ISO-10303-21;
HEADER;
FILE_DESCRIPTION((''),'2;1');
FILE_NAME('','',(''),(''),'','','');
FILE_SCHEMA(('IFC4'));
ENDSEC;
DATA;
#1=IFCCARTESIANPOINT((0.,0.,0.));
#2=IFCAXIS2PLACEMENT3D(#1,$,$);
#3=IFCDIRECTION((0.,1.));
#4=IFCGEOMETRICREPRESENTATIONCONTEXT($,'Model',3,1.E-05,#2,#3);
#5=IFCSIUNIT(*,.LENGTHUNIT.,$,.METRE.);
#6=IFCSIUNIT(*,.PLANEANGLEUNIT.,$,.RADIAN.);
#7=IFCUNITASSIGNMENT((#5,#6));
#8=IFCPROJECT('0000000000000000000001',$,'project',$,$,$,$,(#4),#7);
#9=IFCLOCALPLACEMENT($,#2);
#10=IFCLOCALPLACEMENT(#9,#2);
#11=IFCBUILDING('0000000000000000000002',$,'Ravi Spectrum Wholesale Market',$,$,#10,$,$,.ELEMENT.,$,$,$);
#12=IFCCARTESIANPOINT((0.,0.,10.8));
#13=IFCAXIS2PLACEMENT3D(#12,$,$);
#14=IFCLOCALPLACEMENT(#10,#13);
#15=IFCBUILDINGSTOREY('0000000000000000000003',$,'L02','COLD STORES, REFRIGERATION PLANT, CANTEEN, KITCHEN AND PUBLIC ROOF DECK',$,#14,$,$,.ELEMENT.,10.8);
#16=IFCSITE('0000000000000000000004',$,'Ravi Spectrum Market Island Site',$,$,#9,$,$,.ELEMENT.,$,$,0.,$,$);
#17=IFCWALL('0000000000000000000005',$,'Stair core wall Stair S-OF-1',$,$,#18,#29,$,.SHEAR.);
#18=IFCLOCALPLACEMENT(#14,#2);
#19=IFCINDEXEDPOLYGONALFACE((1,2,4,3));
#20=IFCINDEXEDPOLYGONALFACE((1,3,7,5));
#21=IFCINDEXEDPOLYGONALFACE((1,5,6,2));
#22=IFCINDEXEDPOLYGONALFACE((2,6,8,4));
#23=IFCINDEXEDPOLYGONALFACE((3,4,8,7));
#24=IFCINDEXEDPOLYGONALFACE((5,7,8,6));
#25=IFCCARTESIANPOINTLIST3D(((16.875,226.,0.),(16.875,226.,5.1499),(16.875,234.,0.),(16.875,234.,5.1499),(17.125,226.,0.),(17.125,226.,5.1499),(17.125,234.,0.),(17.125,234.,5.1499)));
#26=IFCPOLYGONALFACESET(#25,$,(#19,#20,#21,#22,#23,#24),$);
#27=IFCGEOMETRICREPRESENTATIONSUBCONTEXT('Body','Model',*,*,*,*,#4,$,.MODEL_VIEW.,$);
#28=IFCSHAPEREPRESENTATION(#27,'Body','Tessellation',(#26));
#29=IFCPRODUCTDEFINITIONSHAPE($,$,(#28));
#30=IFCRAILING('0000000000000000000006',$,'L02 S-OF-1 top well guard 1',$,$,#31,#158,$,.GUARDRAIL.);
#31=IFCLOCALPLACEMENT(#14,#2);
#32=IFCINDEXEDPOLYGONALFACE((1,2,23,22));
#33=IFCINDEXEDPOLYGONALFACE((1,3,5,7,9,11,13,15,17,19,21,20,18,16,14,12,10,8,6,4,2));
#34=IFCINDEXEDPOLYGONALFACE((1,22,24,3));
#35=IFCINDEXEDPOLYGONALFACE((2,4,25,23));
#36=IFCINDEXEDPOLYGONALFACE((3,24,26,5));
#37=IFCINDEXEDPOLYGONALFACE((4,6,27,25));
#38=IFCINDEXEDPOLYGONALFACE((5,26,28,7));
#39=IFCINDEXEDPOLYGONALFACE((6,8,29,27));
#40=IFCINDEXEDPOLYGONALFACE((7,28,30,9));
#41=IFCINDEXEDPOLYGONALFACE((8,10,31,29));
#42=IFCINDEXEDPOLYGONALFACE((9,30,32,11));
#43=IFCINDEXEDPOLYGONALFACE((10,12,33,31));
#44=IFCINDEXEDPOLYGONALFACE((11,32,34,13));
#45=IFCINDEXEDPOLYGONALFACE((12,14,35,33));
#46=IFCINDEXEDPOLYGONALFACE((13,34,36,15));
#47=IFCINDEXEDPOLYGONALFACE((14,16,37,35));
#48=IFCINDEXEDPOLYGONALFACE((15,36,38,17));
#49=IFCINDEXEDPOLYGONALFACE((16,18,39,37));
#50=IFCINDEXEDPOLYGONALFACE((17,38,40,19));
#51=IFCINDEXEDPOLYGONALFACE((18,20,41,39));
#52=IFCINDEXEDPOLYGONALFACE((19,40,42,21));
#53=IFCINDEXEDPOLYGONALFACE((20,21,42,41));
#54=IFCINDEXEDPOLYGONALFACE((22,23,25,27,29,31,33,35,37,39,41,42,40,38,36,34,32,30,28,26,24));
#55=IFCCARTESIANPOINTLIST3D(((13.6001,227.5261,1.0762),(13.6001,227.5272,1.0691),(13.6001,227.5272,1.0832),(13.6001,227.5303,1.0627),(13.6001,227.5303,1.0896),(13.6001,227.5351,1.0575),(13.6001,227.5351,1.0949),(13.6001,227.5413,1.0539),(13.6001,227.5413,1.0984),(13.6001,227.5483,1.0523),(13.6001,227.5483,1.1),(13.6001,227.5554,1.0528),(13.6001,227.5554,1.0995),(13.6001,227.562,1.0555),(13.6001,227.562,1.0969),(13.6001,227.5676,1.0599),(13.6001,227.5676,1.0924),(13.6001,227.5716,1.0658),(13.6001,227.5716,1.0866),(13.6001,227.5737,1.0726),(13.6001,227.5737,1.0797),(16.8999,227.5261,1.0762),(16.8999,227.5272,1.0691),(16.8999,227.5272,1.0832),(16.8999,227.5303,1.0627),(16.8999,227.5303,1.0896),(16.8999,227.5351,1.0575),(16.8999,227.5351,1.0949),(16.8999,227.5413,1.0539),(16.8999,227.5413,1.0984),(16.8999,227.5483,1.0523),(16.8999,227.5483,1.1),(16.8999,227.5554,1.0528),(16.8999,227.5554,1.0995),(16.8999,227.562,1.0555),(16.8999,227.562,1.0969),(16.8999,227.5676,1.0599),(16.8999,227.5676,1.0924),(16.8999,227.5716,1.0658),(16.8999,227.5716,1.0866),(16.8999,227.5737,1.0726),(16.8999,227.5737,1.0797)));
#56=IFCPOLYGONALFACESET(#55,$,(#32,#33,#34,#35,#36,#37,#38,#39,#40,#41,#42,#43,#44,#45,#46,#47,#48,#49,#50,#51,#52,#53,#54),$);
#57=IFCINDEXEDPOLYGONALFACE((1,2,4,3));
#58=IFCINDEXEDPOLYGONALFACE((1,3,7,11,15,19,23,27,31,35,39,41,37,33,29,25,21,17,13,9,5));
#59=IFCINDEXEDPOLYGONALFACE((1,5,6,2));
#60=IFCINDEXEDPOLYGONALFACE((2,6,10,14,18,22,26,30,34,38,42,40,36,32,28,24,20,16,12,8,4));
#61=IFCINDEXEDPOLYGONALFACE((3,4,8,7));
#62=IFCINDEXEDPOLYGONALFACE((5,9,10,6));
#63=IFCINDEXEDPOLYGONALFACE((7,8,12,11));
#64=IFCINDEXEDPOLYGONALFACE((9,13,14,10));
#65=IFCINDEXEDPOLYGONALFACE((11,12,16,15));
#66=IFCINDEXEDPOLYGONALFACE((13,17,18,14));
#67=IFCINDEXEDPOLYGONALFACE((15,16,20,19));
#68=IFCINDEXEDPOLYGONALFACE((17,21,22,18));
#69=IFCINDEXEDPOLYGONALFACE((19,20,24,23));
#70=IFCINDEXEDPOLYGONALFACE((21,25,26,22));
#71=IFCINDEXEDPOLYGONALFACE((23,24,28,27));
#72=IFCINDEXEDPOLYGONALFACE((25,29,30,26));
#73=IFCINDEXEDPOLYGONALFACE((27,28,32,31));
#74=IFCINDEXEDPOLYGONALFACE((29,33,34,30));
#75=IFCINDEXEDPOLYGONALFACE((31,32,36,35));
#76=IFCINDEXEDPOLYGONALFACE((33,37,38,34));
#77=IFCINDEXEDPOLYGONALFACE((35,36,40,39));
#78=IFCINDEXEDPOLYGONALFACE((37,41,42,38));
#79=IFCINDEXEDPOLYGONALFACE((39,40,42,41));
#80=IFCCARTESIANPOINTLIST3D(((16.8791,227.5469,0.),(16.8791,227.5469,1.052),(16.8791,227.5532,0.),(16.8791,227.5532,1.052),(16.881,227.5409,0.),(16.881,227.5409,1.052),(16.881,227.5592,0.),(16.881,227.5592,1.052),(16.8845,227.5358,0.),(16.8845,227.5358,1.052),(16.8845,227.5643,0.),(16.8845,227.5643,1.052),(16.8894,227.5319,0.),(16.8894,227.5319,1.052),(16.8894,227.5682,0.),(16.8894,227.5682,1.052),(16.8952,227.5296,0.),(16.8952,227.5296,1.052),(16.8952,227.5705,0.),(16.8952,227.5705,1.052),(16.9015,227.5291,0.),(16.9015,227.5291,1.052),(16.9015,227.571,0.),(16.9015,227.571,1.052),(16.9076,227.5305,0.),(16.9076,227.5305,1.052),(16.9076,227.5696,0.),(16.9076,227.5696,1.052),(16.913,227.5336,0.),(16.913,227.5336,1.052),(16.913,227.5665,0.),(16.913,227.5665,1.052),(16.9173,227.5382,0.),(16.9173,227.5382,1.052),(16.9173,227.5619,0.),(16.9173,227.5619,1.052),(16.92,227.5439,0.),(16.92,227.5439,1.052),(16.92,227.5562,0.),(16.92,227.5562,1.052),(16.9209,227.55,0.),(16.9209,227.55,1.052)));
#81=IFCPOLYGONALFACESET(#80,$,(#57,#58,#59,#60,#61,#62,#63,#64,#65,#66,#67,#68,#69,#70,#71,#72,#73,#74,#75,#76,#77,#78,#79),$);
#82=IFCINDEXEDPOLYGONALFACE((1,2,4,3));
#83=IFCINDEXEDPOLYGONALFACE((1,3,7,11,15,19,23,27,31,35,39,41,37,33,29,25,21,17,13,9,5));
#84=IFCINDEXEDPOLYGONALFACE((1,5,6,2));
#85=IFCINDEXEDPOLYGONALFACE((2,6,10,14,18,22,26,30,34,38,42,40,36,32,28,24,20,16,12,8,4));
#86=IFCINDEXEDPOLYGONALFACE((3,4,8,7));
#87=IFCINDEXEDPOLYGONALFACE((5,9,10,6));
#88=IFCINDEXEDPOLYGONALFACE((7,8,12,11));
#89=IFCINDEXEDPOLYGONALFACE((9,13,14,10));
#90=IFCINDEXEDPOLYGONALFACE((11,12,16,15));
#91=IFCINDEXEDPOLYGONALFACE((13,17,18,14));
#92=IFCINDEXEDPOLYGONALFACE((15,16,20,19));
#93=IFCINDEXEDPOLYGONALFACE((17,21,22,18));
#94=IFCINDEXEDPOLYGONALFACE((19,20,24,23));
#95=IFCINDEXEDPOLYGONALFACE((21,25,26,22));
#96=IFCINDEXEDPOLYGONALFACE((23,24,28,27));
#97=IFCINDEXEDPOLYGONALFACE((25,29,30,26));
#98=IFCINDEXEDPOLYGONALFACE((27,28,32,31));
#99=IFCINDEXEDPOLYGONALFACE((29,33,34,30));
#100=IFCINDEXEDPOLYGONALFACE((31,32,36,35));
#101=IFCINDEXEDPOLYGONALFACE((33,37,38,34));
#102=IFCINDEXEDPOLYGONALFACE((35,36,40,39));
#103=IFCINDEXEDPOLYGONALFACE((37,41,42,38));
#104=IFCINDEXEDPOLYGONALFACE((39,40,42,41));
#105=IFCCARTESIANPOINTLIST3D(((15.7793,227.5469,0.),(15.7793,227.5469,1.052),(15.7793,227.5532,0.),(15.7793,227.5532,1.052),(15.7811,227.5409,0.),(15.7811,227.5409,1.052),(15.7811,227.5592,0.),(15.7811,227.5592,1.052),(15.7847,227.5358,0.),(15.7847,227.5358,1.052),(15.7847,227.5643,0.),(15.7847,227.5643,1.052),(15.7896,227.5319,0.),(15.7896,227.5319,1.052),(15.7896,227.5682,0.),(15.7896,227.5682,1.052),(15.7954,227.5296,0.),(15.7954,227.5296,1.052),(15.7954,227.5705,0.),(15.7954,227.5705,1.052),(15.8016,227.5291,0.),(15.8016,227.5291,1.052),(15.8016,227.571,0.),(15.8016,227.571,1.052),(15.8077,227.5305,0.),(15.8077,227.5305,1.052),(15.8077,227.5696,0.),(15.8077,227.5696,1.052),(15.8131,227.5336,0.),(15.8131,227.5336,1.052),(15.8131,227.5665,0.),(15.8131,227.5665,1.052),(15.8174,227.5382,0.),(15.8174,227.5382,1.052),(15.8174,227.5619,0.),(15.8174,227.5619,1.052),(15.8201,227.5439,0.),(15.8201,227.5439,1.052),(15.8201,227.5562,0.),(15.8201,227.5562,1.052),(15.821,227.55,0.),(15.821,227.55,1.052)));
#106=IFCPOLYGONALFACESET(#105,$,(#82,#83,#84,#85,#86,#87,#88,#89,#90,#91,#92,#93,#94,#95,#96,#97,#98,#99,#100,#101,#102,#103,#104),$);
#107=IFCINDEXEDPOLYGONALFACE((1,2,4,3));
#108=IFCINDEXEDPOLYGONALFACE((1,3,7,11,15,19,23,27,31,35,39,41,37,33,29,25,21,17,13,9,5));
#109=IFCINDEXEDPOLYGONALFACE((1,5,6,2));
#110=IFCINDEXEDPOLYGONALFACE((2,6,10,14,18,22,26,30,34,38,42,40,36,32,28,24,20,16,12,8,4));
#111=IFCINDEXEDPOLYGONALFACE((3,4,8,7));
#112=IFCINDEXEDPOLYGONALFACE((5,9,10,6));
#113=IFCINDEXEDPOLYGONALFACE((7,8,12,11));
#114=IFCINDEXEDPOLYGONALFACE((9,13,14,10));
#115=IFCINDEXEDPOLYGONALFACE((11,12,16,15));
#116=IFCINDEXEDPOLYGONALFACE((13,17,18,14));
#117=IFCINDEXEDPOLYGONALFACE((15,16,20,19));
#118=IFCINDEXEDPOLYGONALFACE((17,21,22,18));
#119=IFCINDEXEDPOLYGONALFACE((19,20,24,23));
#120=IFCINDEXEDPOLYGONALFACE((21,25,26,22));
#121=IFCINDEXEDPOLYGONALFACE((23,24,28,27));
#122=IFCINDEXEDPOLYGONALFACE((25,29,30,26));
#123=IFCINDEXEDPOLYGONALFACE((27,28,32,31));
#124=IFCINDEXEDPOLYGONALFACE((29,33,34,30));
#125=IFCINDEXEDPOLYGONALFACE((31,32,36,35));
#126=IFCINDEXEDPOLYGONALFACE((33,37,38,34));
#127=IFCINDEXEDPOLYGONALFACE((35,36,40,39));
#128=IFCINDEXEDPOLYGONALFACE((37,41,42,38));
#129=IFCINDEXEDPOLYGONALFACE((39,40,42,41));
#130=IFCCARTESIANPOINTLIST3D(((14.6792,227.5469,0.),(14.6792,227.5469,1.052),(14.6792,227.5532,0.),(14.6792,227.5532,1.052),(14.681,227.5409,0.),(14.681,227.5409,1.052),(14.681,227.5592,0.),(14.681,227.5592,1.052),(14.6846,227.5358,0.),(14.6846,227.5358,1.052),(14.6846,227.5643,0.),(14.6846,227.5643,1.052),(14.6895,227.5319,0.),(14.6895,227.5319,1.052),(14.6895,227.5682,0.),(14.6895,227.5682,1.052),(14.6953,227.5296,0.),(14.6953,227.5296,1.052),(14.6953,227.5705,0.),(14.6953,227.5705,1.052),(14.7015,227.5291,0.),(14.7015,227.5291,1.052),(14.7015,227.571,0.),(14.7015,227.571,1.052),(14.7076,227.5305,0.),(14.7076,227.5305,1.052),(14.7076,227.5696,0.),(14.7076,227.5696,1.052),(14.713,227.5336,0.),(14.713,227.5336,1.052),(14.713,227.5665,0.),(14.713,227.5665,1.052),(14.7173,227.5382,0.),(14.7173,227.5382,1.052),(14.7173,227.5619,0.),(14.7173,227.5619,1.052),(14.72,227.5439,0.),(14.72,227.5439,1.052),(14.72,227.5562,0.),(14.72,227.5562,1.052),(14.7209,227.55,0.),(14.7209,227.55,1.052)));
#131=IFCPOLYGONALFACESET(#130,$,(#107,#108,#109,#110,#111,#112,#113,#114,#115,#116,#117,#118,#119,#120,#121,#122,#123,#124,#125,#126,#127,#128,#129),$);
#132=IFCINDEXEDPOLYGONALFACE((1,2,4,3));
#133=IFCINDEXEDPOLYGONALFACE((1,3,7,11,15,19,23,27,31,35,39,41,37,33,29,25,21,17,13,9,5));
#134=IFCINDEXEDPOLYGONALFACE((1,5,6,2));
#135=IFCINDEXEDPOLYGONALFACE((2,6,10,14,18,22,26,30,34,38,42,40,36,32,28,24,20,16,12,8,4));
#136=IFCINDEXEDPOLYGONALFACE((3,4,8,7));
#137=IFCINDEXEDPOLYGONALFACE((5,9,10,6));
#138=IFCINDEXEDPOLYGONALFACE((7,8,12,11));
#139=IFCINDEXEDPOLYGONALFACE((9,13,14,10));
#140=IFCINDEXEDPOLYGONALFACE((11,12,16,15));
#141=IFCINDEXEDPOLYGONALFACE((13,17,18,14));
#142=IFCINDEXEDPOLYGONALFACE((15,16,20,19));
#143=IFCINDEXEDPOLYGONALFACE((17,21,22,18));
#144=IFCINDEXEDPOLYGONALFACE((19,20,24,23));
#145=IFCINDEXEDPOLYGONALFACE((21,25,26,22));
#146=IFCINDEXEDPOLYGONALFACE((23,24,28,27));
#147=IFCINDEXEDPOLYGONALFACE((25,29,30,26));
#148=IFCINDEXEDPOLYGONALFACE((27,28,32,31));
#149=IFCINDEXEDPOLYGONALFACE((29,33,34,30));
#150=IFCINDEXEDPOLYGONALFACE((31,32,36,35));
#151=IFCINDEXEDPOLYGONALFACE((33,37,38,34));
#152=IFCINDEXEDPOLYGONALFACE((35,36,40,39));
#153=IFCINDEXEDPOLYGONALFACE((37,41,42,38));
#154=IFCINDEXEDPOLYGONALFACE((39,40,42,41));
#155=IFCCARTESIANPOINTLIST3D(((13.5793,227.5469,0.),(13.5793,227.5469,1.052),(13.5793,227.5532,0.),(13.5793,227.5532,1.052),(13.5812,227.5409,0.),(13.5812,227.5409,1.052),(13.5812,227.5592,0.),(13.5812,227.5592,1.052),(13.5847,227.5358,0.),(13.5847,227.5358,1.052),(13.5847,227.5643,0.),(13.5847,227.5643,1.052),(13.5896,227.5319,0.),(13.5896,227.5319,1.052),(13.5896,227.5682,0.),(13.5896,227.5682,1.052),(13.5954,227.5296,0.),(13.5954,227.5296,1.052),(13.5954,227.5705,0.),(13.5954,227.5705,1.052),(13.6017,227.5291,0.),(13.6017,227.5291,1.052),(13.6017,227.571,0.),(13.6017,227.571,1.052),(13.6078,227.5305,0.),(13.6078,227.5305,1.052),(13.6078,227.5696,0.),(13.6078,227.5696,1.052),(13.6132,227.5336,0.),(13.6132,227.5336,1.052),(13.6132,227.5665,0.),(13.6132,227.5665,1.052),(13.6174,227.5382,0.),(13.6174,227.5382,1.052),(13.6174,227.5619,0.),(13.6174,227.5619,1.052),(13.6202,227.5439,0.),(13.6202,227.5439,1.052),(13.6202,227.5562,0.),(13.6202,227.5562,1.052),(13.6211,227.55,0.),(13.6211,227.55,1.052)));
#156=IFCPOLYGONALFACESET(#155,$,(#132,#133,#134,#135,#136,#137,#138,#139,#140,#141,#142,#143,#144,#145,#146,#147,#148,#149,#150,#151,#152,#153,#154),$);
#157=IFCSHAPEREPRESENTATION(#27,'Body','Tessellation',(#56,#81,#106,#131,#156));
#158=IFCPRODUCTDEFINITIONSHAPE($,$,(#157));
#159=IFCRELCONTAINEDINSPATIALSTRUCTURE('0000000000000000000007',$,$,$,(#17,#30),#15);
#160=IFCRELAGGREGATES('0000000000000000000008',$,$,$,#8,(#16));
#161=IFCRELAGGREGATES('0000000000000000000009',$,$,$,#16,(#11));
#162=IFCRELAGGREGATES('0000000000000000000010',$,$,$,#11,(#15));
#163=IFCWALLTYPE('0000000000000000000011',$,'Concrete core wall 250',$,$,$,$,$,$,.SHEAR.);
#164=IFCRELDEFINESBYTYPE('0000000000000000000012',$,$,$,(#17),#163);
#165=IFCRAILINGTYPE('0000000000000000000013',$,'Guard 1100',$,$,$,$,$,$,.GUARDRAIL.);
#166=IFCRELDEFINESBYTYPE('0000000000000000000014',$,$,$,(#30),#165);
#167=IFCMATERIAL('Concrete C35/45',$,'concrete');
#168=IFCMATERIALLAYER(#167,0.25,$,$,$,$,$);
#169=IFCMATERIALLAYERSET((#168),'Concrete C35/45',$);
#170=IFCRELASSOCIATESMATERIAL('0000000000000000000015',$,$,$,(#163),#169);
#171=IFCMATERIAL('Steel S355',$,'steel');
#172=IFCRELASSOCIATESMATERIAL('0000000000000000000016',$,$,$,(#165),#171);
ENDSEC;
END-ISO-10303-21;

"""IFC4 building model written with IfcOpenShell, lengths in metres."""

from ifc_helpers import new_model, si_unit, direction, frame, frame_2d, origin, origin_2d, place, context, subcontext, project, spatial, rectangle, circle, extrude, material, layer, layer_set, type_object, element, save


model = new_model("IFC4")

# Units and contexts
model_context = context("Model", 3, precision=1e-05, world=origin(), true_north=direction((0.0, 1.0)))
body_context = subcontext(model_context, "Body", "Model", "MODEL_VIEW")
ifc_project = project(units=[si_unit("LENGTHUNIT", "METRE"), si_unit("PLANEANGLEUNIT", "RADIAN")], contexts=[model_context])

# Site, building, storey
site_placement = place(None, origin())
site = spatial("IfcSite", under=ifc_project, at=site_placement, Name="Ravi Spectrum Market Island Site", CompositionType="ELEMENT", RefElevation=0.0)
building_placement = place(site_placement, origin())
building = spatial("IfcBuilding", under=site, at=building_placement, Name="Ravi Spectrum Wholesale Market", CompositionType="ELEMENT")
storey_placement = place(building_placement, frame((0.0, 0.0, 10.8)))
storey = spatial("IfcBuildingStorey", under=building, at=storey_placement, Name="L02", Description="COLD STORES, REFRIGERATION PLANT, CANTEEN, KITCHEN AND PUBLIC ROOF DECK", CompositionType="ELEMENT", Elevation=10.8)

# Wall
ifc_material_1 = material(Name="Concrete C35/45", Category="concrete")
ifc_layer_1 = layer(ifc_material_1, 0.25)
ifc_layer_set_1 = layer_set([ifc_layer_1], Name="Concrete C35/45")
wall_type_1 = type_object("IfcWallType", Name="Concrete core wall 250", PredefinedType="SHEAR", material=ifc_layer_set_1)
wall_1_placement = place(storey_placement, frame((17.0, 226.0, 0.0), z_axis=(0.0, 0.0, 1.0), x_axis=(0.0, 1.0, 0.0)))
element("IfcWall", 1, at=wall_1_placement, inside=storey, type_object=wall_type_1, Name="Stair core wall Stair S-OF-1", PredefinedType="SHEAR", context=body_context, shape_type="SweptSolid", body=[
    extrude(rectangle(XDim=8.0, YDim=0.25, at=frame_2d((4.0, 0.0))), origin(), (0.0, 0.0, 1.0), 5.1499),
])

# Railing
ifc_material_2 = material(Name="Steel S355", Category="steel")
railing_type = type_object("IfcRailingType", Name="Guard 1100", PredefinedType="GUARDRAIL", material=ifc_material_2)
railing_placement = place(storey_placement, frame((16.8999, 227.55, 0.0)))
element("IfcRailing", 2, at=railing_placement, inside=storey, type_object=railing_type, Name="L02 S-OF-1 top well guard 1", PredefinedType="GUARDRAIL", context=body_context, shape_type="SweptSolid", body=[
    extrude(circle(Radius=0.0239, at=origin_2d()), frame((0.0, 0.0, 1.0762), z_axis=(-1.0, 0.0, 0.0), x_axis=(0.0, -1.0, 0.0)), (0.0, 0.0, 1.0), 3.2998),
    extrude(circle(Radius=0.021, at=origin_2d()), origin(), (0.0, 0.0, 1.0), 1.052),
    extrude(circle(Radius=0.021, at=origin_2d()), frame((-1.0999, 0.0, 0.0)), (0.0, 0.0, 1.0), 1.052),
    extrude(circle(Radius=0.021, at=origin_2d()), frame((-2.2, 0.0, 0.0)), (0.0, 0.0, 1.0), 1.052),
    extrude(circle(Radius=0.021, at=origin_2d()), frame((-3.2998, 0.0, 0.0)), (0.0, 0.0, 1.0), 1.052),
])

save(model, "model.ifc")
